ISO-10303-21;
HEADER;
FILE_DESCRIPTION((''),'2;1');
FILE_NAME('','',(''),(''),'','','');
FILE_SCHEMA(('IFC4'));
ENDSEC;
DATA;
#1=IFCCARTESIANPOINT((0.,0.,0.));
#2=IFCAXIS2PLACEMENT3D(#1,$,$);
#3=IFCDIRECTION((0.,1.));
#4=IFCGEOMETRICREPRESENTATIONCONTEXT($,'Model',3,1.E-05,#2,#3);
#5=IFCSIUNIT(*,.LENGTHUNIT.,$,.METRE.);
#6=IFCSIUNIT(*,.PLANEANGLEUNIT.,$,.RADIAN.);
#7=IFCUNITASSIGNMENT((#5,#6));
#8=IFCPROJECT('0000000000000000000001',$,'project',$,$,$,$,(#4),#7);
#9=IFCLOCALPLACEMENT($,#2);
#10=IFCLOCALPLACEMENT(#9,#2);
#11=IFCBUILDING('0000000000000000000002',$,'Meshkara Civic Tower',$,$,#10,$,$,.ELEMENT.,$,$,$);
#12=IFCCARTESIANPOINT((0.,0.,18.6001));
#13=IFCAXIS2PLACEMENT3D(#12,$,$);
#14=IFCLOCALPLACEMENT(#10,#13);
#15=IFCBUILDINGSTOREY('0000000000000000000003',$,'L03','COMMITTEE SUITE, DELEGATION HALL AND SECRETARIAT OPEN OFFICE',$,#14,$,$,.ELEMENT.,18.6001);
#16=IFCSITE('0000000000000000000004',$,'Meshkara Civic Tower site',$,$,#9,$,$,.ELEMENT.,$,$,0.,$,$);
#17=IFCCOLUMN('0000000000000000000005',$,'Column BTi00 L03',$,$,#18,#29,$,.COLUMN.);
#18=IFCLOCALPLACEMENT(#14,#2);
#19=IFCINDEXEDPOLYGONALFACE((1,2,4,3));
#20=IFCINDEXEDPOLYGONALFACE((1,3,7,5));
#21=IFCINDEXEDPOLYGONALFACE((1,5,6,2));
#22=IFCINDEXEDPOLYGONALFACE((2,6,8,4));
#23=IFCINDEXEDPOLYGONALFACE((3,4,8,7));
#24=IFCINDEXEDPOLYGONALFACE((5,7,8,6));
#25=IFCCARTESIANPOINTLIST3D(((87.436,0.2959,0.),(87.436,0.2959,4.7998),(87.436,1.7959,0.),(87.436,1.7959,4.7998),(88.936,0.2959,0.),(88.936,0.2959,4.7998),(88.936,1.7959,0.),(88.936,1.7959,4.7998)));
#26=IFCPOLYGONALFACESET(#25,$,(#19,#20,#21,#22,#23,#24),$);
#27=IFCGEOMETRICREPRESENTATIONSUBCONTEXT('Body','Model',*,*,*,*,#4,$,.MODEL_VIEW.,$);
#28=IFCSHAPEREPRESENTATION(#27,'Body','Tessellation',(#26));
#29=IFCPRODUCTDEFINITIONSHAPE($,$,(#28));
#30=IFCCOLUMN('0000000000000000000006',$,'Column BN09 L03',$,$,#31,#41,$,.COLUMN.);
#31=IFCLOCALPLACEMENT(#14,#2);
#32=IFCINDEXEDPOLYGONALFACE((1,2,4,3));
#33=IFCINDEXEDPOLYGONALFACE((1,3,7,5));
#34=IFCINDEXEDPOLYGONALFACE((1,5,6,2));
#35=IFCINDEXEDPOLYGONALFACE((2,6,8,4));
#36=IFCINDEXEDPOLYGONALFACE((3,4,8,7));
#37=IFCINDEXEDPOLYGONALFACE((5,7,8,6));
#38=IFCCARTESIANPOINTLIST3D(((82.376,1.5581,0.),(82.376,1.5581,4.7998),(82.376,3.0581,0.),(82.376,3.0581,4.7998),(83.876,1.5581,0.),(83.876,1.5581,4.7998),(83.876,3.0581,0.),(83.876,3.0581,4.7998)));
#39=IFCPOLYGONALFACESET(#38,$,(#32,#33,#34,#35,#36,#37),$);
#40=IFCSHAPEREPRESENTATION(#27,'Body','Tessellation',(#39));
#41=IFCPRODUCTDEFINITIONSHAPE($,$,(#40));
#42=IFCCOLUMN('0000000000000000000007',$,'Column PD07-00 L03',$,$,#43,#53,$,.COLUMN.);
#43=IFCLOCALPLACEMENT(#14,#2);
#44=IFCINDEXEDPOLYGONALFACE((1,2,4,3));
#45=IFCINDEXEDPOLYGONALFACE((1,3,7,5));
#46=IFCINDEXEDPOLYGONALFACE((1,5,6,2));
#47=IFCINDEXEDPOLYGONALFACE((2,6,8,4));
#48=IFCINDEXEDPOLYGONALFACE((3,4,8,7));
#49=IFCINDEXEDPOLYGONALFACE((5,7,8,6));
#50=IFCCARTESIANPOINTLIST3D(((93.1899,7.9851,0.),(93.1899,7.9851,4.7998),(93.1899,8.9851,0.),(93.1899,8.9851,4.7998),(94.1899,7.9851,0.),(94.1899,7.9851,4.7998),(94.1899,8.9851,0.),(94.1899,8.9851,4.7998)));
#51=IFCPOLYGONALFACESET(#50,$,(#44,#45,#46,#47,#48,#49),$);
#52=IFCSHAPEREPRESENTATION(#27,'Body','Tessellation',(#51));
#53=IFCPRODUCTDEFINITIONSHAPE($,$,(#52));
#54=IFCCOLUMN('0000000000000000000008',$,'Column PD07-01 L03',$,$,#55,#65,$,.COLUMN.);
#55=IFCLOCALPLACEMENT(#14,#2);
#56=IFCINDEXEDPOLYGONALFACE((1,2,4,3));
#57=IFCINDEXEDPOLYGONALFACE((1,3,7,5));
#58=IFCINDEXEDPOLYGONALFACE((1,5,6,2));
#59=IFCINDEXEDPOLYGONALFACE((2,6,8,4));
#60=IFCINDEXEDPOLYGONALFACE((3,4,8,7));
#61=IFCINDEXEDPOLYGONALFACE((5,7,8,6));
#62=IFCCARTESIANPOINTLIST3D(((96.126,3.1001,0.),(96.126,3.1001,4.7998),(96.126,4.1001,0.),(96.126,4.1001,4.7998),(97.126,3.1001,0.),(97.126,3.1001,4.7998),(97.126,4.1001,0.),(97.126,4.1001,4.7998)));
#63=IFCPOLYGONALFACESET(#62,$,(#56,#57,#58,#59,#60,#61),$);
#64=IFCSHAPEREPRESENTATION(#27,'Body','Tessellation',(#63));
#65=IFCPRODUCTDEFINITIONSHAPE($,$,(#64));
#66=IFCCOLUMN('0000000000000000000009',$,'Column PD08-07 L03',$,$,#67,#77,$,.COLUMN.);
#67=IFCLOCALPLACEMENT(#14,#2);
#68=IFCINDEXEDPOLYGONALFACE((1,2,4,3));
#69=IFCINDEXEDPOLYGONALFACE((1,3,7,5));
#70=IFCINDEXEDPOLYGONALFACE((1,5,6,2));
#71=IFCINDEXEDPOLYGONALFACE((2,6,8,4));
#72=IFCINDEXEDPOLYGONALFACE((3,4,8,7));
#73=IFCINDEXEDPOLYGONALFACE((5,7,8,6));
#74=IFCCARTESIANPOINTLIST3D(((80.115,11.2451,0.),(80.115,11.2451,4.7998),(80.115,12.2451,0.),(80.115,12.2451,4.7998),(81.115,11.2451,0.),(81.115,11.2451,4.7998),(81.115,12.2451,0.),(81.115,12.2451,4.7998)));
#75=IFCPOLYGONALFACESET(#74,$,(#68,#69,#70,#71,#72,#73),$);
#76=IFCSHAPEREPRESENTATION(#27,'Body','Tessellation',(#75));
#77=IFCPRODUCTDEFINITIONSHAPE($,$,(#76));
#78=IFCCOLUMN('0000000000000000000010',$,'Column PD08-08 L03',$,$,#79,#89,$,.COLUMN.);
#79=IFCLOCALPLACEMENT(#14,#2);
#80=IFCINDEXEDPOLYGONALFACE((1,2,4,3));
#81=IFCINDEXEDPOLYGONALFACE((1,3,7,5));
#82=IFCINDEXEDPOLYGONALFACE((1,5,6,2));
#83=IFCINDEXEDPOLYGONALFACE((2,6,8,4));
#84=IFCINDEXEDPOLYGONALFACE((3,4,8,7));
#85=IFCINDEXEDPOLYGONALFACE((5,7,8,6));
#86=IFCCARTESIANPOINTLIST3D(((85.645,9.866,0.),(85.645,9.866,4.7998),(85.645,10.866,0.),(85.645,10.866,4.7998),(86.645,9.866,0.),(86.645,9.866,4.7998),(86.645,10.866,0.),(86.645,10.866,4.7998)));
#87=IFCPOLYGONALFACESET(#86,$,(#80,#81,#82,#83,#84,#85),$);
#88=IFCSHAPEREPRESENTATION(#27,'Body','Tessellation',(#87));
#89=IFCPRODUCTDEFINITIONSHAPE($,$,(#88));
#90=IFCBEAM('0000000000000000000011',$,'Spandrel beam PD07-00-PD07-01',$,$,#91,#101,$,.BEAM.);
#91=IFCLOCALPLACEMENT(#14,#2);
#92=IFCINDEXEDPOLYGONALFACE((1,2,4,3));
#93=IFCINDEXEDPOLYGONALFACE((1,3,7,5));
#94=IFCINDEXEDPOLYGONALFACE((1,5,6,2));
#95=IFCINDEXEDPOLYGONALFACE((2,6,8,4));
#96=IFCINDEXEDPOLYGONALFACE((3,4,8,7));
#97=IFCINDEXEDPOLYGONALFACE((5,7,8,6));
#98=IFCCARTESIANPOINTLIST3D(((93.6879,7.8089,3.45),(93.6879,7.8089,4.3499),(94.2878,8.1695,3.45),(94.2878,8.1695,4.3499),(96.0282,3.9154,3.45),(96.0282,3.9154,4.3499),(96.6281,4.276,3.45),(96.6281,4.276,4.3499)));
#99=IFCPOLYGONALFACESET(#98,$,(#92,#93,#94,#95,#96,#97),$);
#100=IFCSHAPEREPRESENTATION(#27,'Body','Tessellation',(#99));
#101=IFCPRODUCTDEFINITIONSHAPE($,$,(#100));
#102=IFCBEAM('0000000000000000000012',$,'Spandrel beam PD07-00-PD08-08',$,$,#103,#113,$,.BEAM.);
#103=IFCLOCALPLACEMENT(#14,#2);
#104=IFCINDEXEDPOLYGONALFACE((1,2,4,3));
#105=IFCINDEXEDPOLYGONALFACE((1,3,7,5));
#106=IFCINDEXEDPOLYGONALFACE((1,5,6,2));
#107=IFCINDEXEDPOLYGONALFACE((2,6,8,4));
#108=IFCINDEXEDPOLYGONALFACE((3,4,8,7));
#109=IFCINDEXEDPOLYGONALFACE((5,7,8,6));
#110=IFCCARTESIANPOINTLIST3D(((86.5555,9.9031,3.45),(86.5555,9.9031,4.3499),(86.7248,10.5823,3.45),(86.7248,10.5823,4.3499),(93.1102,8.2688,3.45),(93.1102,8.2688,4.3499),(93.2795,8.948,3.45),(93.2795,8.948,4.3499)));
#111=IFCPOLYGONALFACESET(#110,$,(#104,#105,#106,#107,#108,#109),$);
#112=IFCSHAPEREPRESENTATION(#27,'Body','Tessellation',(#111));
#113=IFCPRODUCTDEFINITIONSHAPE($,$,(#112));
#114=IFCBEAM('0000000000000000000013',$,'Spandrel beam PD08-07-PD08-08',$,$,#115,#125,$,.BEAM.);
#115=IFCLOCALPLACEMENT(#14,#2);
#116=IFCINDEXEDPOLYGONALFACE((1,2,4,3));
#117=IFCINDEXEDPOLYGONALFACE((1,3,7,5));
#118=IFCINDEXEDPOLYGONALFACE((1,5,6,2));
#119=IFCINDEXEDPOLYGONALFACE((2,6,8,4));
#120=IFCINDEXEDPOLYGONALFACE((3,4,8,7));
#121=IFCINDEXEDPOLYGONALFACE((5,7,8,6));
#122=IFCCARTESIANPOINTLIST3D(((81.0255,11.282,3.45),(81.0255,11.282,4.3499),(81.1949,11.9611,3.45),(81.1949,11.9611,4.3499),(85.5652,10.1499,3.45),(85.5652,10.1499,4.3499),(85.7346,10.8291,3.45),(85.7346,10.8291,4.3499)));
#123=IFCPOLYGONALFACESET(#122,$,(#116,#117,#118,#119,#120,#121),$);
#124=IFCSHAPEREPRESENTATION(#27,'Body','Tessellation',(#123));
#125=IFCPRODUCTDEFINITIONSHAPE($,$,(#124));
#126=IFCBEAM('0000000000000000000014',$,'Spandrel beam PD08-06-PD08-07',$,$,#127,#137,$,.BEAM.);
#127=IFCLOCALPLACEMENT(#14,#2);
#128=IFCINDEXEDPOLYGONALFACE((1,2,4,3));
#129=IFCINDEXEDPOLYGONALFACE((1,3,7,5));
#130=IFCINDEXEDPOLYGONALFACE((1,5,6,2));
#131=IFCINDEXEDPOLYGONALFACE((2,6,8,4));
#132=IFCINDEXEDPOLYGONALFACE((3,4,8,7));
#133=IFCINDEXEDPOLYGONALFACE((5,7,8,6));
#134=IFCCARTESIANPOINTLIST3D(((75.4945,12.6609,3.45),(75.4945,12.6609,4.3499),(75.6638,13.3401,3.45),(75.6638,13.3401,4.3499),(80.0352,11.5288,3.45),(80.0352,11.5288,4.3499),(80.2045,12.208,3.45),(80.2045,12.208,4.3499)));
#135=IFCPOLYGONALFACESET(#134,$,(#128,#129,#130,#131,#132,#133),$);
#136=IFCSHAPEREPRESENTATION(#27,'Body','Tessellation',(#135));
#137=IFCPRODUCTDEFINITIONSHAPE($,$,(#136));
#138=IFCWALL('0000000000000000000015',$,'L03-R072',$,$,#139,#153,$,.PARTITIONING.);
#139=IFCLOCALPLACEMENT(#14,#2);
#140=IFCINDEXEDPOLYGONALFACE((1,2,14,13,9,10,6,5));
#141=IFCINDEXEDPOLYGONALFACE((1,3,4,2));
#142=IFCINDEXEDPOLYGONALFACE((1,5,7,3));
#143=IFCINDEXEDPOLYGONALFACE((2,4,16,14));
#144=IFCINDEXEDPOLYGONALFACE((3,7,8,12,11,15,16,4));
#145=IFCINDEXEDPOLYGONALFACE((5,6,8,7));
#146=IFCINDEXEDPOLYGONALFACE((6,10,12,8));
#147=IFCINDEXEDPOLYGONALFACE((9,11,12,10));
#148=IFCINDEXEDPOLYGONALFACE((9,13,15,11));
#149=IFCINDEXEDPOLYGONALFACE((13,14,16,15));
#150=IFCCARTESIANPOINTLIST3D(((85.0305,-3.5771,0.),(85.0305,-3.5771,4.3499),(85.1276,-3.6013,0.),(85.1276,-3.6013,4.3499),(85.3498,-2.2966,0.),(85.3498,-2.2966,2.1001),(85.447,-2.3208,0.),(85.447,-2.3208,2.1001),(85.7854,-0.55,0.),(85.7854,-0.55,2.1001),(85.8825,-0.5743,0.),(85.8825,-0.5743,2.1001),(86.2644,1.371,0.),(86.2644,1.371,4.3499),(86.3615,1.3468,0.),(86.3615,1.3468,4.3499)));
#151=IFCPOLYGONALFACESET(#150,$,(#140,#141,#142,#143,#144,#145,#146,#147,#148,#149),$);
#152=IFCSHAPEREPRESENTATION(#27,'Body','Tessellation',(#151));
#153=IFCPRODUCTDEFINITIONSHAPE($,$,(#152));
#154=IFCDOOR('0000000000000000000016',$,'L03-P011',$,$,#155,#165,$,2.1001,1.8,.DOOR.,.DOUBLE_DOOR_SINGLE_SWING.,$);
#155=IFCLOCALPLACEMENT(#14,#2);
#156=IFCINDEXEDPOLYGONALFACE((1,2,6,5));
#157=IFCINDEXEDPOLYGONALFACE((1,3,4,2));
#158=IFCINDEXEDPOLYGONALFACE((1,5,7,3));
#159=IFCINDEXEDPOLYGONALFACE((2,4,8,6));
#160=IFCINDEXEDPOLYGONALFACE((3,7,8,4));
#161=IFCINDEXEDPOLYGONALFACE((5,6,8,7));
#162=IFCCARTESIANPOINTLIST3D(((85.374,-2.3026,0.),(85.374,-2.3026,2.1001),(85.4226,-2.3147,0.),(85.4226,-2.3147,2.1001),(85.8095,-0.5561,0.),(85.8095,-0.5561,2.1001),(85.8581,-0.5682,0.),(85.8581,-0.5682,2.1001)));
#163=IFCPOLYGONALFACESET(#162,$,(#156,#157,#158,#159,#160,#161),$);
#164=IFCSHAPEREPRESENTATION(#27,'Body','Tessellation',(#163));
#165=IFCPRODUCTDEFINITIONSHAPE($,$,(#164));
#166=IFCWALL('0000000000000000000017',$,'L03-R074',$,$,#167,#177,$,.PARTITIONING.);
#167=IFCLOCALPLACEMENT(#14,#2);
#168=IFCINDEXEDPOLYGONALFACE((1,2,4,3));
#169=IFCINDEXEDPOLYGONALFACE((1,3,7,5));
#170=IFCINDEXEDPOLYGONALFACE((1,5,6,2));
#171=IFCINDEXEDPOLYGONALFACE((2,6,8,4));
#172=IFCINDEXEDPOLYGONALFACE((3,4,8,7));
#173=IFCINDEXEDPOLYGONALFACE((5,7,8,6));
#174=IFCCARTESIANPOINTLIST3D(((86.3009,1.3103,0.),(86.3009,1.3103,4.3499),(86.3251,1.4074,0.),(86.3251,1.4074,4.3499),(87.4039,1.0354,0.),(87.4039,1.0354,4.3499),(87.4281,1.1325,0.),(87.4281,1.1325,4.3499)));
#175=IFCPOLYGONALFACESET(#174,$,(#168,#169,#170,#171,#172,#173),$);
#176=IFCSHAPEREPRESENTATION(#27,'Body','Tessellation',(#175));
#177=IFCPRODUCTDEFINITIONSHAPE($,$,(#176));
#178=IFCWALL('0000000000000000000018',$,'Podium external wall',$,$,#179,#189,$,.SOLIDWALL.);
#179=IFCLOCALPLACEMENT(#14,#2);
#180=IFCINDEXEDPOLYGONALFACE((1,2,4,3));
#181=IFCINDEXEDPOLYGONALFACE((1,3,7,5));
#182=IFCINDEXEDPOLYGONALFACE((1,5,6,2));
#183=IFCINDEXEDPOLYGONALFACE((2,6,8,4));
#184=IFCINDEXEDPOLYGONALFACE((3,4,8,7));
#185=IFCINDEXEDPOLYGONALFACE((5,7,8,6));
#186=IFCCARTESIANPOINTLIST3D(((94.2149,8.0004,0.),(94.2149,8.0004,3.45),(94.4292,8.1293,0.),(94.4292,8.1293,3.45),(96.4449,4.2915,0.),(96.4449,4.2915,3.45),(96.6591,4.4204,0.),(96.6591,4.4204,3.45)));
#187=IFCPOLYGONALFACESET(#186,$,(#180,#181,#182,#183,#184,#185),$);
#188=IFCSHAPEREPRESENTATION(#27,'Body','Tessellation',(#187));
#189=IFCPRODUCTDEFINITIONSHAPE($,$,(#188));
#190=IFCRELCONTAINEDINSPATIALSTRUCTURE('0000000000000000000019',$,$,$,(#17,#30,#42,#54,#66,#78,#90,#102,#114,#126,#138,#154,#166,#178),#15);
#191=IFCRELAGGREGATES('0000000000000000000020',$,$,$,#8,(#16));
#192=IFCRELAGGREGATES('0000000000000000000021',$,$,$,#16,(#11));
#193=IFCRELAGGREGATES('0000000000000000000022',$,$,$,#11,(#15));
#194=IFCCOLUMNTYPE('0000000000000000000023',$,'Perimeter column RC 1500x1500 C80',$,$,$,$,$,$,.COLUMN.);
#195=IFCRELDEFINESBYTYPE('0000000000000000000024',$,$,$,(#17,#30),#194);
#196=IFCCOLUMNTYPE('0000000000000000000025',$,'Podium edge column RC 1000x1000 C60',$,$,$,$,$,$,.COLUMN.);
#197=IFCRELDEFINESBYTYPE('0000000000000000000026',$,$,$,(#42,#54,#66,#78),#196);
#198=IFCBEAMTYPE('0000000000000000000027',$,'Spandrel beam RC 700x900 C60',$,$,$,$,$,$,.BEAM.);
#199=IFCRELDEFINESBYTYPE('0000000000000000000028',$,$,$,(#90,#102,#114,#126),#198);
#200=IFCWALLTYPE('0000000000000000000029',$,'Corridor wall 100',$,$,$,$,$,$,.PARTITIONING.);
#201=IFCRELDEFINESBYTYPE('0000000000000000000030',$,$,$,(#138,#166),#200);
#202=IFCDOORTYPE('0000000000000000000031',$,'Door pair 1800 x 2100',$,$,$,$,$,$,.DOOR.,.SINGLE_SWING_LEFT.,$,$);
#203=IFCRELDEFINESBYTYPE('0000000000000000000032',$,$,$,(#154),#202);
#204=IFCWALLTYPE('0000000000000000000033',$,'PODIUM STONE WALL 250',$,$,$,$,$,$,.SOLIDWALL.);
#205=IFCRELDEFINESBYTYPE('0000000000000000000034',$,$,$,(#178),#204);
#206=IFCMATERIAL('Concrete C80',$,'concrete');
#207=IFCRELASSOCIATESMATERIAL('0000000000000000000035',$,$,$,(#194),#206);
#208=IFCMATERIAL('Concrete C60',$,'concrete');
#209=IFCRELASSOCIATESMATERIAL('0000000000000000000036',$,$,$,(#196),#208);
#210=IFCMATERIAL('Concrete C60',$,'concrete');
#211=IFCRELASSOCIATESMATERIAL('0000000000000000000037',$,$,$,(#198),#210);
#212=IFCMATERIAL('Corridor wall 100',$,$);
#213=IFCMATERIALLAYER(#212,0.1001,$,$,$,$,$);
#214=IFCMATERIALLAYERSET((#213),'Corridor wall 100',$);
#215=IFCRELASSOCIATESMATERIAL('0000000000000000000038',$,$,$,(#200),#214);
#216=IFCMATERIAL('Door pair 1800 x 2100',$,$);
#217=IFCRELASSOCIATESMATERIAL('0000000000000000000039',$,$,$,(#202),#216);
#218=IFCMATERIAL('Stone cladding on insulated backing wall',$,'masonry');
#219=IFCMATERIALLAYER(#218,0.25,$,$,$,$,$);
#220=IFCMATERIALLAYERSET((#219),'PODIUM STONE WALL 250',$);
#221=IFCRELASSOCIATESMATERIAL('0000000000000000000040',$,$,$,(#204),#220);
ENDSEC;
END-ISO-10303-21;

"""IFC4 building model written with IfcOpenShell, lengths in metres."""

from ifc_helpers import new_model, si_unit, direction, frame, frame_2d, origin, origin_2d, place, context, subcontext, project, spatial, rectangle, extrude, material, layer, layer_set, material_profile, profile_set, type_object, element, fill, save


model = new_model("IFC4")

# Units and contexts
model_context = context("Model", 3, precision=1e-05, world=origin(), true_north=direction((0.0, 1.0)))
body_context = subcontext(model_context, "Body", "Model", "MODEL_VIEW")
ifc_project = project(units=[si_unit("LENGTHUNIT", "METRE"), si_unit("PLANEANGLEUNIT", "RADIAN")], contexts=[model_context])

# Site, building, storey
site_placement = place(None, origin())
site = spatial("IfcSite", under=ifc_project, at=site_placement, Name="Meshkara Civic Tower site", CompositionType="ELEMENT", RefElevation=0.0)
building_placement = place(site_placement, origin())
building = spatial("IfcBuilding", under=site, at=building_placement, Name="Meshkara Civic Tower", CompositionType="ELEMENT")
storey_placement = place(building_placement, frame((0.0, 0.0, 18.6001)))
storey = spatial("IfcBuildingStorey", under=building, at=storey_placement, Name="L03", Description="COMMITTEE SUITE, DELEGATION HALL AND SECRETARIAT OPEN OFFICE", CompositionType="ELEMENT", Elevation=18.6001)

# Columns
ifc_material_1 = material(Name="Concrete C80", Category="concrete")
ifc_material_profile_1 = material_profile(ifc_material_1, rectangle(XDim=1.5, YDim=1.5, at=origin_2d()))
ifc_profile_set_1 = profile_set([ifc_material_profile_1], Name="Concrete C80")
column_type_1 = type_object("IfcColumnType", Name="Perimeter column RC 1500x1500 C80", PredefinedType="COLUMN", material=ifc_profile_set_1)
for number, where, z_axis, x_axis, name in (
    (1, (88.186, 1.0459, 0.0), (0.0, 0.0, 1.0), (1.0, 0.0, 0.0), "Column BTi00 L03"),
    (2, (83.126, 2.3081, 0.0), (0.0, 0.0, 1.0), (1.0, 0.0, 0.0), "Column BN09 L03"),
):
    element("IfcColumn", number, at=place(storey_placement, frame(where, z_axis=z_axis, x_axis=x_axis)), inside=storey, type_object=column_type_1, Name=name, PredefinedType="COLUMN", context=body_context, shape_type="SweptSolid", body=[
        extrude(rectangle(XDim=1.5, YDim=1.5, at=origin_2d()), origin(), (0.0, 0.0, 1.0), 4.7998),
    ])
ifc_material_2 = material(Name="Concrete C60", Category="concrete")
ifc_material_profile_2 = material_profile(ifc_material_2, rectangle(XDim=1.0, YDim=1.0, at=origin_2d()))
ifc_profile_set_2 = profile_set([ifc_material_profile_2], Name="Concrete C60")
column_type_2 = type_object("IfcColumnType", Name="Podium edge column RC 1000x1000 C60", PredefinedType="COLUMN", material=ifc_profile_set_2)
for number, where, z_axis, x_axis, name in (
    (3, (93.6899, 8.4851, 0.0), (0.0, 0.0, 1.0), (1.0, 0.0, 0.0), "Column PD07-00 L03"),
    (4, (96.626, 3.6001, 0.0), (0.0, 0.0, 1.0), (1.0, 0.0, 0.0), "Column PD07-01 L03"),
    (5, (80.615, 11.7451, 0.0), (0.0, 0.0, 1.0), (1.0, 0.0, 0.0), "Column PD08-07 L03"),
    (6, (86.145, 10.366, 0.0), (0.0, 0.0, 1.0), (1.0, 0.0, 0.0), "Column PD08-08 L03"),
):
    element("IfcColumn", number, at=place(storey_placement, frame(where, z_axis=z_axis, x_axis=x_axis)), inside=storey, type_object=column_type_2, Name=name, PredefinedType="COLUMN", context=body_context, shape_type="SweptSolid", body=[
        extrude(rectangle(XDim=1.0, YDim=1.0, at=origin_2d()), origin(), (0.0, 0.0, 1.0), 4.7998),
    ])

# Beams
ifc_material_3 = material(Name="Concrete C60", Category="concrete")
ifc_material_profile_3 = material_profile(ifc_material_3, rectangle(XDim=0.7, YDim=0.8999, at=origin_2d()))
ifc_profile_set_3 = profile_set([ifc_material_profile_3], Name="Concrete C60")
beam_type = type_object("IfcBeamType", Name="Spandrel beam RC 700x900 C60", PredefinedType="BEAM", material=ifc_profile_set_3)
beam_1_placement = place(storey_placement, frame((96.3281, 4.0957, 3.8999), z_axis=(-0.515175, 0.857085, 0.0), x_axis=(-0.857085, -0.515175, 0.0)))
element("IfcBeam", 7, at=beam_1_placement, inside=storey, type_object=beam_type, Name="Spandrel beam PD07-00-PD07-01", PredefinedType="BEAM", context=body_context, shape_type="SweptSolid", body=[
    extrude(rectangle(XDim=0.7, YDim=0.8999, at=origin_2d()), origin(), (0.0, 0.0, 1.0), 4.5427),
])
beam_2_placement = place(storey_placement, frame((93.1948, 8.6084, 3.8999), z_axis=(-0.970295, 0.241923, 0.0), x_axis=(-0.241923, -0.970295, 0.0)))
element("IfcBeam", 8, at=beam_2_placement, inside=storey, type_object=beam_type, Name="Spandrel beam PD07-00-PD08-08", PredefinedType="BEAM", context=body_context, shape_type="SweptSolid", body=[
    extrude(rectangle(XDim=0.7, YDim=0.8999, at=origin_2d()), origin(), (0.0, 0.0, 1.0), 6.7554),
])
beam_3_placement = place(storey_placement, frame((85.6499, 10.4895, 3.8999), z_axis=(-0.970287, 0.241959, 0.0), x_axis=(-0.241959, -0.970287, 0.0)))
element("IfcBeam", 9, at=beam_3_placement, inside=storey, type_object=beam_type, Name="Spandrel beam PD08-07-PD08-08", PredefinedType="BEAM", context=body_context, shape_type="SweptSolid", body=[
    extrude(rectangle(XDim=0.7, YDim=0.8999, at=origin_2d()), origin(), (0.0, 0.0, 1.0), 4.6787),
])
beam_4_placement = place(storey_placement, frame((80.1199, 11.8684, 3.8999), z_axis=(-0.970299, 0.24191, 0.0), x_axis=(-0.24191, -0.970299, 0.0)))
element("IfcBeam", 10, at=beam_4_placement, inside=storey, type_object=beam_type, Name="Spandrel beam PD08-06-PD08-07", PredefinedType="BEAM", context=body_context, shape_type="SweptSolid", body=[
    extrude(rectangle(XDim=0.7, YDim=0.8999, at=origin_2d()), origin(), (0.0, 0.0, 1.0), 4.6797),
])

# Wall, opening, door
ifc_material_4 = material(Name="Corridor wall 100")
ifc_layer_1 = layer(ifc_material_4, 0.1001)
ifc_layer_set_1 = layer_set([ifc_layer_1], Name="Corridor wall 100")
wall_type_1 = type_object("IfcWallType", Name="Corridor wall 100", PredefinedType="PARTITIONING", material=ifc_layer_set_1)
wall_1_placement = place(storey_placement, frame((86.313, 1.3589, 0.0), z_axis=(0.0, 0.0, 1.0), x_axis=(-0.241961, -0.970286, 0.0)))
wall_1 = element("IfcWall", 11, at=wall_1_placement, inside=storey, type_object=wall_type_1, Name="L03-R072", PredefinedType="PARTITIONING", context=body_context, shape_type="SweptSolid", body=[
    extrude(rectangle(XDim=5.0996, YDim=0.1001, at=frame_2d((2.5498, 0.0))), origin(), (0.0, 0.0, 1.0), 4.3499),
])
opening_1_placement = place(wall_1_placement, frame((1.98, 0.0, 0.0)))
opening_1 = element("IfcOpeningElement", 12, at=opening_1_placement, cuts=wall_1, PredefinedType="OPENING", context=body_context, shape_type="SweptSolid", body=[
    extrude(rectangle(XDim=1.8, YDim=2.1001, at=frame_2d((0.8999, 1.05))), frame((0.0, 0.0601, 0.0), z_axis=(0.0, -1.0, 0.0), x_axis=(1.0, 0.0, 0.0)), (0.0, 0.0, 1.0), 0.1201),
])
ifc_material_5 = material(Name="Door pair 1800 x 2100")
door_type = type_object("IfcDoorType", Name="Door pair 1800 x 2100", OperationType="SINGLE_SWING_LEFT", PredefinedType="DOOR", material=ifc_material_5)
door_placement = place(opening_1_placement, origin())
door = element("IfcDoor", 13, at=door_placement, inside=storey, type_object=door_type, Name="L03-P011", OperationType="DOUBLE_DOOR_SINGLE_SWING", OverallHeight=2.1001, OverallWidth=1.8, PredefinedType="DOOR", context=body_context, shape_type="SweptSolid", body=[
    extrude(rectangle(XDim=1.8, YDim=2.1001, at=frame_2d((0.8999, 1.05))), frame((0.0, 0.0249, 0.0), z_axis=(0.0, -1.0, 0.0), x_axis=(1.0, 0.0, 0.0)), (0.0, 0.0, 1.0), 0.05),
])
fill(opening_1, door)

# Walls
wall_2_placement = place(storey_placement, frame((87.416, 1.084, 0.0), z_axis=(0.0, 0.0, 1.0), x_axis=(-0.970319, 0.241828, 0.0)))
element("IfcWall", 14, at=wall_2_placement, inside=storey, type_object=wall_type_1, Name="L03-R074", PredefinedType="PARTITIONING", context=body_context, shape_type="SweptSolid", body=[
    extrude(rectangle(XDim=1.1367, YDim=0.1001, at=frame_2d((0.5684, 0.0))), origin(), (0.0, 0.0, 1.0), 4.3499),
])
ifc_material_6 = material(Name="Stone cladding on insulated backing wall", Category="masonry")
ifc_layer_2 = layer(ifc_material_6, 0.25)
ifc_layer_set_2 = layer_set([ifc_layer_2], Name="PODIUM STONE WALL 250")
wall_type_2 = type_object("IfcWallType", Name="PODIUM STONE WALL 250", PredefinedType="SOLIDWALL", material=ifc_layer_set_2)
wall_3_placement = place(storey_placement, frame((96.552, 4.356, 0.0), z_axis=(0.0, 0.0, 1.0), x_axis=(-0.515275, 0.857025, 0.0)))
element("IfcWall", 15, at=wall_3_placement, inside=storey, type_object=wall_type_2, Name="Podium external wall", PredefinedType="SOLIDWALL", context=body_context, shape_type="SweptSolid", body=[
    extrude(rectangle(XDim=4.3276, YDim=0.25, at=frame_2d((2.1638, 0.0))), origin(), (0.0, 0.0, 1.0), 3.45),
])

save(model, "model.ifc")
